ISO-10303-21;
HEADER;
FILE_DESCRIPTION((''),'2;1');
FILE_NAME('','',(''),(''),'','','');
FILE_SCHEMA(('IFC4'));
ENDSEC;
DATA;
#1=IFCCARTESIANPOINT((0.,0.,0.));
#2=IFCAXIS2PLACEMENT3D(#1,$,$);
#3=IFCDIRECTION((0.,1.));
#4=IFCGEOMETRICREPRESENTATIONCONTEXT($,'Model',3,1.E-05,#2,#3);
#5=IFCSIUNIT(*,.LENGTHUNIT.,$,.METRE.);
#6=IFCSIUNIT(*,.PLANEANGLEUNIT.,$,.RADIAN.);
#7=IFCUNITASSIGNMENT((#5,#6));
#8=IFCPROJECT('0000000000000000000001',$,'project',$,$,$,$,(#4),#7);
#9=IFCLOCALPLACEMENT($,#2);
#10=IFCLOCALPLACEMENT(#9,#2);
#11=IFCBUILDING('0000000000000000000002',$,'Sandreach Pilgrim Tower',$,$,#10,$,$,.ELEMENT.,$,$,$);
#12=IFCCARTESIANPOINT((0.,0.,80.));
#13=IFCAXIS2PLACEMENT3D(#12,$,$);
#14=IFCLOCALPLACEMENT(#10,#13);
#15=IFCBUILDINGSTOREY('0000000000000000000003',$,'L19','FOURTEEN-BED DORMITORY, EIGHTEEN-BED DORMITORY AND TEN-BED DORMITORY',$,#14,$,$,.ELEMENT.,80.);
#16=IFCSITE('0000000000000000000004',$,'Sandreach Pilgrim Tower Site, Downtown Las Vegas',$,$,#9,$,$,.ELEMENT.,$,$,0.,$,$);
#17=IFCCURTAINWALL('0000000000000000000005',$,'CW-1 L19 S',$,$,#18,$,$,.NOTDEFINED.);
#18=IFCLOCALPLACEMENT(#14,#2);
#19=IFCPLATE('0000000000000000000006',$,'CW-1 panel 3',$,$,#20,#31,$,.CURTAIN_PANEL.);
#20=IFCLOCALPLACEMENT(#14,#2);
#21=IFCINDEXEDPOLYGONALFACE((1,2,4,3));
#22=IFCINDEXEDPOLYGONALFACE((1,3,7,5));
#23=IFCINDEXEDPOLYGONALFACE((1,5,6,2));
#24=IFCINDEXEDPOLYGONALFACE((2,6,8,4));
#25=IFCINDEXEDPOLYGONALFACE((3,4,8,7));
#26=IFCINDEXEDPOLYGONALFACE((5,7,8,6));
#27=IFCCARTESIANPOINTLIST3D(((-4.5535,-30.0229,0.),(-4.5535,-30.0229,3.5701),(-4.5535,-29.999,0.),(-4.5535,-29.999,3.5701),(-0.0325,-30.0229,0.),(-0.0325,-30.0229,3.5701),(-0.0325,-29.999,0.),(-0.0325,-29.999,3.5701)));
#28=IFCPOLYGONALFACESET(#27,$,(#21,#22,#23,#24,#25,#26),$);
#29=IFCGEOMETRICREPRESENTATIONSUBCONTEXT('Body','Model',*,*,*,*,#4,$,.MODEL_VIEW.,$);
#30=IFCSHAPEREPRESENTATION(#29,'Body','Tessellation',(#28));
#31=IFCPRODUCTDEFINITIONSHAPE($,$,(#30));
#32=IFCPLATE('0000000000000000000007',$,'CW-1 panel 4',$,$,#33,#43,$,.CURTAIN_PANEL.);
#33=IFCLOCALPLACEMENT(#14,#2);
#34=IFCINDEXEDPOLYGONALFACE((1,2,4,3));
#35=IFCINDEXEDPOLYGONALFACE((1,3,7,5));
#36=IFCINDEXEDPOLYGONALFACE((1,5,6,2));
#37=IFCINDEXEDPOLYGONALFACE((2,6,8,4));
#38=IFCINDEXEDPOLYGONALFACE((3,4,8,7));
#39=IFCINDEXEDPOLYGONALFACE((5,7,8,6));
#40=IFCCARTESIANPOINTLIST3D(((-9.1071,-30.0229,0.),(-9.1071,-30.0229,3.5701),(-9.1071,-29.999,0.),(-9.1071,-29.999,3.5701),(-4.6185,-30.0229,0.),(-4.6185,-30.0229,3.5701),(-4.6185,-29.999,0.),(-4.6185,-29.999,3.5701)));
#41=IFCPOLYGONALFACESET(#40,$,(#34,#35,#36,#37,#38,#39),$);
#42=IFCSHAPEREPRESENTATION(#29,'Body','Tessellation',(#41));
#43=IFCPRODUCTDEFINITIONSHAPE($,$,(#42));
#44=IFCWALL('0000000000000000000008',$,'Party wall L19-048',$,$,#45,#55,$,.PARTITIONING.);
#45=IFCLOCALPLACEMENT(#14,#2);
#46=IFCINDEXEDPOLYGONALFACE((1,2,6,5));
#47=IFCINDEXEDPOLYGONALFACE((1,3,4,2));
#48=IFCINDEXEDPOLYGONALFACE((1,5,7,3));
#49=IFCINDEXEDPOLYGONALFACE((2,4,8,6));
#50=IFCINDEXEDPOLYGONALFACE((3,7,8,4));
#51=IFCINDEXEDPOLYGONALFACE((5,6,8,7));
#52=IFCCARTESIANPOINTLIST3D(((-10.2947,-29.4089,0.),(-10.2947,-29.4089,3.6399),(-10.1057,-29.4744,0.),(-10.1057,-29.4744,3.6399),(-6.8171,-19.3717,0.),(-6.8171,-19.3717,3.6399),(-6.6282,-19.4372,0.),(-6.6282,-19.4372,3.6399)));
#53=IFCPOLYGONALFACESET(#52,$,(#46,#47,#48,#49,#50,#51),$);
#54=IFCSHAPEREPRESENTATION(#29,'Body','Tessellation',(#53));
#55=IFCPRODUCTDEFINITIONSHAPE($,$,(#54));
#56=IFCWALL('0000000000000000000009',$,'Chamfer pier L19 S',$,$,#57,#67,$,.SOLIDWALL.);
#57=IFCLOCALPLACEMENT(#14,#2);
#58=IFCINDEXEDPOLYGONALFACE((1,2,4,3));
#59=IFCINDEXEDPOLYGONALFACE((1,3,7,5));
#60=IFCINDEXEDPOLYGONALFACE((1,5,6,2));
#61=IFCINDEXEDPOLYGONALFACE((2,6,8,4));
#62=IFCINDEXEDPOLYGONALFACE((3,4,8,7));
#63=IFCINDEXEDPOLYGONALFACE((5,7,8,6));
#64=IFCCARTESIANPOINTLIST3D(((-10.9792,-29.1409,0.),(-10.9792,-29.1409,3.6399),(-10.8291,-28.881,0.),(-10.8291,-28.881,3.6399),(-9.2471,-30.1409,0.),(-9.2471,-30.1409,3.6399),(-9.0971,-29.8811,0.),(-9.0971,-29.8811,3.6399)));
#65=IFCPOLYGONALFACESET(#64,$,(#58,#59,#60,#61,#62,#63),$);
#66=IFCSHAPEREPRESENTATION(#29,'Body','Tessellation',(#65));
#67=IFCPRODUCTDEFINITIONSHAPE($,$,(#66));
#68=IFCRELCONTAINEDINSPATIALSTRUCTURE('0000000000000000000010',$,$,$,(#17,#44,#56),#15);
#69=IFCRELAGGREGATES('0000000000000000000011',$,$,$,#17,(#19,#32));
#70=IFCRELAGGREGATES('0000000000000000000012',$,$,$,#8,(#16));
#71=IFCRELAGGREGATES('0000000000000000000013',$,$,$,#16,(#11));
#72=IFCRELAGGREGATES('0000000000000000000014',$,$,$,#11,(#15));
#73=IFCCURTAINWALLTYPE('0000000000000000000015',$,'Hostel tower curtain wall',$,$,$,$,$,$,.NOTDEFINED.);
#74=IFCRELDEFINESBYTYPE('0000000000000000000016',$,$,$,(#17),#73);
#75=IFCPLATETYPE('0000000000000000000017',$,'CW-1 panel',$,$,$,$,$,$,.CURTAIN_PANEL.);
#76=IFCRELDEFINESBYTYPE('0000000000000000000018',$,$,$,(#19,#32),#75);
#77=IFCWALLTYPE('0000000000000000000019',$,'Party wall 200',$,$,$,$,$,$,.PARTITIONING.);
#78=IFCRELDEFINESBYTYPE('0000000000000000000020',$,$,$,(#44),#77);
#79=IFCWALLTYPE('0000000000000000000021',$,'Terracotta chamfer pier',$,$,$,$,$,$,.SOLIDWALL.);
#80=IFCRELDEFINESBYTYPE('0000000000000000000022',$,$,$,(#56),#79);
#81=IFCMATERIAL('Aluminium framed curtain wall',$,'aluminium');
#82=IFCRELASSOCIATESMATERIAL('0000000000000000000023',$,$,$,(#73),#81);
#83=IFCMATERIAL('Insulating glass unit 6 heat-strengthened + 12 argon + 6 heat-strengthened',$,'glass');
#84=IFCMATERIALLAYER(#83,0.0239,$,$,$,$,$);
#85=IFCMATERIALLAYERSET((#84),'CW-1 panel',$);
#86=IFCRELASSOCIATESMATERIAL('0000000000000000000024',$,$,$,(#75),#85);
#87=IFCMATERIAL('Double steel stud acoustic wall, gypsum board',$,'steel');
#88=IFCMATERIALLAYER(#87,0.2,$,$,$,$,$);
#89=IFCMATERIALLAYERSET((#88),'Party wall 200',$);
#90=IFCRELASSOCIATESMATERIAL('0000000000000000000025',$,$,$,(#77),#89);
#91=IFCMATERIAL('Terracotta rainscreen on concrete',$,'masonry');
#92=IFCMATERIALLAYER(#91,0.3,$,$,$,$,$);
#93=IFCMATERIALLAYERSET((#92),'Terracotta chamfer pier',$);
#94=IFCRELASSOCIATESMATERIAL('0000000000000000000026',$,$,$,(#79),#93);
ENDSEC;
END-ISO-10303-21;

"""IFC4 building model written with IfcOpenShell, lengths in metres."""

from ifc_helpers import new_model, si_unit, direction, frame, frame_2d, origin, origin_2d, place, context, subcontext, project, spatial, rectangle, extrude, material, layer, layer_set, type_object, element, aggregate, save


model = new_model("IFC4")

# Units and contexts
model_context = context("Model", 3, precision=1e-05, world=origin(), true_north=direction((0.0, 1.0)))
body_context = subcontext(model_context, "Body", "Model", "MODEL_VIEW")
ifc_project = project(units=[si_unit("LENGTHUNIT", "METRE"), si_unit("PLANEANGLEUNIT", "RADIAN")], contexts=[model_context])

# Site, building, storey
site_placement = place(None, origin())
site = spatial("IfcSite", under=ifc_project, at=site_placement, Name="Sandreach Pilgrim Tower Site, Downtown Las Vegas", CompositionType="ELEMENT", RefElevation=0.0)
building_placement = place(site_placement, origin())
building = spatial("IfcBuilding", under=site, at=building_placement, Name="Sandreach Pilgrim Tower", CompositionType="ELEMENT")
storey_placement = place(building_placement, frame((0.0, 0.0, 80.0)))
storey = spatial("IfcBuildingStorey", under=building, at=storey_placement, Name="L19", Description="FOURTEEN-BED DORMITORY, EIGHTEEN-BED DORMITORY AND TEN-BED DORMITORY", CompositionType="ELEMENT", Elevation=80.0)

# Curtain wall
ifc_material_1 = material(Name="Aluminium framed curtain wall", Category="aluminium")
curtain_wall_type = type_object("IfcCurtainWallType", Name="Hostel tower curtain wall", PredefinedType="NOTDEFINED", material=ifc_material_1)
curtain_wall_placement = place(storey_placement, origin())
curtain_wall = element("IfcCurtainWall", 1, at=curtain_wall_placement, inside=storey, type_object=curtain_wall_type, Name="CW-1 L19 S", PredefinedType="NOTDEFINED")

# Plates
ifc_material_2 = material(Name="Insulating glass unit 6 heat-strengthened + 12 argon + 6 heat-strengthened", Category="glass")
ifc_layer_1 = layer(ifc_material_2, 0.0239)
ifc_layer_set_1 = layer_set([ifc_layer_1], Name="CW-1 panel")
plate_type = type_object("IfcPlateType", Name="CW-1 panel", PredefinedType="CURTAIN_PANEL", material=ifc_layer_set_1)
plate_1_placement = place(storey_placement, frame((-2.293, -30.011, 0.0), z_axis=(0.0, 0.0, 1.0), x_axis=(-1.0, 0.0, 0.0)))
plate_1 = element("IfcPlate", 2, at=plate_1_placement, type_object=plate_type, Name="CW-1 panel 3", PredefinedType="CURTAIN_PANEL", context=body_context, shape_type="SweptSolid", body=[
    extrude(rectangle(XDim=4.521, YDim=0.0239, at=origin_2d()), origin(), (0.0, 0.0, 1.0), 3.5701),
])
plate_2_placement = place(storey_placement, frame((-6.8628, -30.011, 0.0), z_axis=(0.0, 0.0, 1.0), x_axis=(-1.0, 0.0, 0.0)))
plate_2 = element("IfcPlate", 3, at=plate_2_placement, type_object=plate_type, Name="CW-1 panel 4", PredefinedType="CURTAIN_PANEL", context=body_context, shape_type="SweptSolid", body=[
    extrude(rectangle(XDim=4.4885, YDim=0.0239, at=origin_2d()), origin(), (0.0, 0.0, 1.0), 3.5701),
])
aggregate(curtain_wall, [plate_1, plate_2])

# Walls
ifc_material_3 = material(Name="Double steel stud acoustic wall, gypsum board", Category="steel")
ifc_layer_2 = layer(ifc_material_3, 0.2)
ifc_layer_set_2 = layer_set([ifc_layer_2], Name="Party wall 200")
wall_type_1 = type_object("IfcWallType", Name="Party wall 200", PredefinedType="PARTITIONING", material=ifc_layer_set_2)
wall_1_placement = place(storey_placement, frame((-10.2002, -29.4417, 0.0), z_axis=(0.0, 0.0, 1.0), x_axis=(0.327376, 0.944894, 0.0)))
element("IfcWall", 4, at=wall_1_placement, inside=storey, type_object=wall_type_1, Name="Party wall L19-048", PredefinedType="PARTITIONING", context=body_context, shape_type="SweptSolid", body=[
    extrude(rectangle(XDim=10.6226, YDim=0.2, at=frame_2d((5.3113, 0.0))), origin(), (0.0, 0.0, 1.0), 3.6399),
])
ifc_material_4 = material(Name="Terracotta rainscreen on concrete", Category="masonry")
ifc_layer_3 = layer(ifc_material_4, 0.3)
ifc_layer_set_3 = layer_set([ifc_layer_3], Name="Terracotta chamfer pier")
wall_type_2 = type_object("IfcWallType", Name="Terracotta chamfer pier", PredefinedType="SOLIDWALL", material=ifc_layer_set_3)
wall_2_placement = place(storey_placement, frame((-9.1721, -30.011, 0.0), z_axis=(0.0, 0.0, 1.0), x_axis=(-0.866011, 0.500025, 0.0)))
element("IfcWall", 5, at=wall_2_placement, inside=storey, type_object=wall_type_2, Name="Chamfer pier L19 S", PredefinedType="SOLIDWALL", context=body_context, shape_type="SweptSolid", body=[
    extrude(rectangle(XDim=2.0, YDim=0.3, at=frame_2d((1.0, 0.0))), origin(), (0.0, 0.0, 1.0), 3.6399),
])

save(model, "model.ifc")
